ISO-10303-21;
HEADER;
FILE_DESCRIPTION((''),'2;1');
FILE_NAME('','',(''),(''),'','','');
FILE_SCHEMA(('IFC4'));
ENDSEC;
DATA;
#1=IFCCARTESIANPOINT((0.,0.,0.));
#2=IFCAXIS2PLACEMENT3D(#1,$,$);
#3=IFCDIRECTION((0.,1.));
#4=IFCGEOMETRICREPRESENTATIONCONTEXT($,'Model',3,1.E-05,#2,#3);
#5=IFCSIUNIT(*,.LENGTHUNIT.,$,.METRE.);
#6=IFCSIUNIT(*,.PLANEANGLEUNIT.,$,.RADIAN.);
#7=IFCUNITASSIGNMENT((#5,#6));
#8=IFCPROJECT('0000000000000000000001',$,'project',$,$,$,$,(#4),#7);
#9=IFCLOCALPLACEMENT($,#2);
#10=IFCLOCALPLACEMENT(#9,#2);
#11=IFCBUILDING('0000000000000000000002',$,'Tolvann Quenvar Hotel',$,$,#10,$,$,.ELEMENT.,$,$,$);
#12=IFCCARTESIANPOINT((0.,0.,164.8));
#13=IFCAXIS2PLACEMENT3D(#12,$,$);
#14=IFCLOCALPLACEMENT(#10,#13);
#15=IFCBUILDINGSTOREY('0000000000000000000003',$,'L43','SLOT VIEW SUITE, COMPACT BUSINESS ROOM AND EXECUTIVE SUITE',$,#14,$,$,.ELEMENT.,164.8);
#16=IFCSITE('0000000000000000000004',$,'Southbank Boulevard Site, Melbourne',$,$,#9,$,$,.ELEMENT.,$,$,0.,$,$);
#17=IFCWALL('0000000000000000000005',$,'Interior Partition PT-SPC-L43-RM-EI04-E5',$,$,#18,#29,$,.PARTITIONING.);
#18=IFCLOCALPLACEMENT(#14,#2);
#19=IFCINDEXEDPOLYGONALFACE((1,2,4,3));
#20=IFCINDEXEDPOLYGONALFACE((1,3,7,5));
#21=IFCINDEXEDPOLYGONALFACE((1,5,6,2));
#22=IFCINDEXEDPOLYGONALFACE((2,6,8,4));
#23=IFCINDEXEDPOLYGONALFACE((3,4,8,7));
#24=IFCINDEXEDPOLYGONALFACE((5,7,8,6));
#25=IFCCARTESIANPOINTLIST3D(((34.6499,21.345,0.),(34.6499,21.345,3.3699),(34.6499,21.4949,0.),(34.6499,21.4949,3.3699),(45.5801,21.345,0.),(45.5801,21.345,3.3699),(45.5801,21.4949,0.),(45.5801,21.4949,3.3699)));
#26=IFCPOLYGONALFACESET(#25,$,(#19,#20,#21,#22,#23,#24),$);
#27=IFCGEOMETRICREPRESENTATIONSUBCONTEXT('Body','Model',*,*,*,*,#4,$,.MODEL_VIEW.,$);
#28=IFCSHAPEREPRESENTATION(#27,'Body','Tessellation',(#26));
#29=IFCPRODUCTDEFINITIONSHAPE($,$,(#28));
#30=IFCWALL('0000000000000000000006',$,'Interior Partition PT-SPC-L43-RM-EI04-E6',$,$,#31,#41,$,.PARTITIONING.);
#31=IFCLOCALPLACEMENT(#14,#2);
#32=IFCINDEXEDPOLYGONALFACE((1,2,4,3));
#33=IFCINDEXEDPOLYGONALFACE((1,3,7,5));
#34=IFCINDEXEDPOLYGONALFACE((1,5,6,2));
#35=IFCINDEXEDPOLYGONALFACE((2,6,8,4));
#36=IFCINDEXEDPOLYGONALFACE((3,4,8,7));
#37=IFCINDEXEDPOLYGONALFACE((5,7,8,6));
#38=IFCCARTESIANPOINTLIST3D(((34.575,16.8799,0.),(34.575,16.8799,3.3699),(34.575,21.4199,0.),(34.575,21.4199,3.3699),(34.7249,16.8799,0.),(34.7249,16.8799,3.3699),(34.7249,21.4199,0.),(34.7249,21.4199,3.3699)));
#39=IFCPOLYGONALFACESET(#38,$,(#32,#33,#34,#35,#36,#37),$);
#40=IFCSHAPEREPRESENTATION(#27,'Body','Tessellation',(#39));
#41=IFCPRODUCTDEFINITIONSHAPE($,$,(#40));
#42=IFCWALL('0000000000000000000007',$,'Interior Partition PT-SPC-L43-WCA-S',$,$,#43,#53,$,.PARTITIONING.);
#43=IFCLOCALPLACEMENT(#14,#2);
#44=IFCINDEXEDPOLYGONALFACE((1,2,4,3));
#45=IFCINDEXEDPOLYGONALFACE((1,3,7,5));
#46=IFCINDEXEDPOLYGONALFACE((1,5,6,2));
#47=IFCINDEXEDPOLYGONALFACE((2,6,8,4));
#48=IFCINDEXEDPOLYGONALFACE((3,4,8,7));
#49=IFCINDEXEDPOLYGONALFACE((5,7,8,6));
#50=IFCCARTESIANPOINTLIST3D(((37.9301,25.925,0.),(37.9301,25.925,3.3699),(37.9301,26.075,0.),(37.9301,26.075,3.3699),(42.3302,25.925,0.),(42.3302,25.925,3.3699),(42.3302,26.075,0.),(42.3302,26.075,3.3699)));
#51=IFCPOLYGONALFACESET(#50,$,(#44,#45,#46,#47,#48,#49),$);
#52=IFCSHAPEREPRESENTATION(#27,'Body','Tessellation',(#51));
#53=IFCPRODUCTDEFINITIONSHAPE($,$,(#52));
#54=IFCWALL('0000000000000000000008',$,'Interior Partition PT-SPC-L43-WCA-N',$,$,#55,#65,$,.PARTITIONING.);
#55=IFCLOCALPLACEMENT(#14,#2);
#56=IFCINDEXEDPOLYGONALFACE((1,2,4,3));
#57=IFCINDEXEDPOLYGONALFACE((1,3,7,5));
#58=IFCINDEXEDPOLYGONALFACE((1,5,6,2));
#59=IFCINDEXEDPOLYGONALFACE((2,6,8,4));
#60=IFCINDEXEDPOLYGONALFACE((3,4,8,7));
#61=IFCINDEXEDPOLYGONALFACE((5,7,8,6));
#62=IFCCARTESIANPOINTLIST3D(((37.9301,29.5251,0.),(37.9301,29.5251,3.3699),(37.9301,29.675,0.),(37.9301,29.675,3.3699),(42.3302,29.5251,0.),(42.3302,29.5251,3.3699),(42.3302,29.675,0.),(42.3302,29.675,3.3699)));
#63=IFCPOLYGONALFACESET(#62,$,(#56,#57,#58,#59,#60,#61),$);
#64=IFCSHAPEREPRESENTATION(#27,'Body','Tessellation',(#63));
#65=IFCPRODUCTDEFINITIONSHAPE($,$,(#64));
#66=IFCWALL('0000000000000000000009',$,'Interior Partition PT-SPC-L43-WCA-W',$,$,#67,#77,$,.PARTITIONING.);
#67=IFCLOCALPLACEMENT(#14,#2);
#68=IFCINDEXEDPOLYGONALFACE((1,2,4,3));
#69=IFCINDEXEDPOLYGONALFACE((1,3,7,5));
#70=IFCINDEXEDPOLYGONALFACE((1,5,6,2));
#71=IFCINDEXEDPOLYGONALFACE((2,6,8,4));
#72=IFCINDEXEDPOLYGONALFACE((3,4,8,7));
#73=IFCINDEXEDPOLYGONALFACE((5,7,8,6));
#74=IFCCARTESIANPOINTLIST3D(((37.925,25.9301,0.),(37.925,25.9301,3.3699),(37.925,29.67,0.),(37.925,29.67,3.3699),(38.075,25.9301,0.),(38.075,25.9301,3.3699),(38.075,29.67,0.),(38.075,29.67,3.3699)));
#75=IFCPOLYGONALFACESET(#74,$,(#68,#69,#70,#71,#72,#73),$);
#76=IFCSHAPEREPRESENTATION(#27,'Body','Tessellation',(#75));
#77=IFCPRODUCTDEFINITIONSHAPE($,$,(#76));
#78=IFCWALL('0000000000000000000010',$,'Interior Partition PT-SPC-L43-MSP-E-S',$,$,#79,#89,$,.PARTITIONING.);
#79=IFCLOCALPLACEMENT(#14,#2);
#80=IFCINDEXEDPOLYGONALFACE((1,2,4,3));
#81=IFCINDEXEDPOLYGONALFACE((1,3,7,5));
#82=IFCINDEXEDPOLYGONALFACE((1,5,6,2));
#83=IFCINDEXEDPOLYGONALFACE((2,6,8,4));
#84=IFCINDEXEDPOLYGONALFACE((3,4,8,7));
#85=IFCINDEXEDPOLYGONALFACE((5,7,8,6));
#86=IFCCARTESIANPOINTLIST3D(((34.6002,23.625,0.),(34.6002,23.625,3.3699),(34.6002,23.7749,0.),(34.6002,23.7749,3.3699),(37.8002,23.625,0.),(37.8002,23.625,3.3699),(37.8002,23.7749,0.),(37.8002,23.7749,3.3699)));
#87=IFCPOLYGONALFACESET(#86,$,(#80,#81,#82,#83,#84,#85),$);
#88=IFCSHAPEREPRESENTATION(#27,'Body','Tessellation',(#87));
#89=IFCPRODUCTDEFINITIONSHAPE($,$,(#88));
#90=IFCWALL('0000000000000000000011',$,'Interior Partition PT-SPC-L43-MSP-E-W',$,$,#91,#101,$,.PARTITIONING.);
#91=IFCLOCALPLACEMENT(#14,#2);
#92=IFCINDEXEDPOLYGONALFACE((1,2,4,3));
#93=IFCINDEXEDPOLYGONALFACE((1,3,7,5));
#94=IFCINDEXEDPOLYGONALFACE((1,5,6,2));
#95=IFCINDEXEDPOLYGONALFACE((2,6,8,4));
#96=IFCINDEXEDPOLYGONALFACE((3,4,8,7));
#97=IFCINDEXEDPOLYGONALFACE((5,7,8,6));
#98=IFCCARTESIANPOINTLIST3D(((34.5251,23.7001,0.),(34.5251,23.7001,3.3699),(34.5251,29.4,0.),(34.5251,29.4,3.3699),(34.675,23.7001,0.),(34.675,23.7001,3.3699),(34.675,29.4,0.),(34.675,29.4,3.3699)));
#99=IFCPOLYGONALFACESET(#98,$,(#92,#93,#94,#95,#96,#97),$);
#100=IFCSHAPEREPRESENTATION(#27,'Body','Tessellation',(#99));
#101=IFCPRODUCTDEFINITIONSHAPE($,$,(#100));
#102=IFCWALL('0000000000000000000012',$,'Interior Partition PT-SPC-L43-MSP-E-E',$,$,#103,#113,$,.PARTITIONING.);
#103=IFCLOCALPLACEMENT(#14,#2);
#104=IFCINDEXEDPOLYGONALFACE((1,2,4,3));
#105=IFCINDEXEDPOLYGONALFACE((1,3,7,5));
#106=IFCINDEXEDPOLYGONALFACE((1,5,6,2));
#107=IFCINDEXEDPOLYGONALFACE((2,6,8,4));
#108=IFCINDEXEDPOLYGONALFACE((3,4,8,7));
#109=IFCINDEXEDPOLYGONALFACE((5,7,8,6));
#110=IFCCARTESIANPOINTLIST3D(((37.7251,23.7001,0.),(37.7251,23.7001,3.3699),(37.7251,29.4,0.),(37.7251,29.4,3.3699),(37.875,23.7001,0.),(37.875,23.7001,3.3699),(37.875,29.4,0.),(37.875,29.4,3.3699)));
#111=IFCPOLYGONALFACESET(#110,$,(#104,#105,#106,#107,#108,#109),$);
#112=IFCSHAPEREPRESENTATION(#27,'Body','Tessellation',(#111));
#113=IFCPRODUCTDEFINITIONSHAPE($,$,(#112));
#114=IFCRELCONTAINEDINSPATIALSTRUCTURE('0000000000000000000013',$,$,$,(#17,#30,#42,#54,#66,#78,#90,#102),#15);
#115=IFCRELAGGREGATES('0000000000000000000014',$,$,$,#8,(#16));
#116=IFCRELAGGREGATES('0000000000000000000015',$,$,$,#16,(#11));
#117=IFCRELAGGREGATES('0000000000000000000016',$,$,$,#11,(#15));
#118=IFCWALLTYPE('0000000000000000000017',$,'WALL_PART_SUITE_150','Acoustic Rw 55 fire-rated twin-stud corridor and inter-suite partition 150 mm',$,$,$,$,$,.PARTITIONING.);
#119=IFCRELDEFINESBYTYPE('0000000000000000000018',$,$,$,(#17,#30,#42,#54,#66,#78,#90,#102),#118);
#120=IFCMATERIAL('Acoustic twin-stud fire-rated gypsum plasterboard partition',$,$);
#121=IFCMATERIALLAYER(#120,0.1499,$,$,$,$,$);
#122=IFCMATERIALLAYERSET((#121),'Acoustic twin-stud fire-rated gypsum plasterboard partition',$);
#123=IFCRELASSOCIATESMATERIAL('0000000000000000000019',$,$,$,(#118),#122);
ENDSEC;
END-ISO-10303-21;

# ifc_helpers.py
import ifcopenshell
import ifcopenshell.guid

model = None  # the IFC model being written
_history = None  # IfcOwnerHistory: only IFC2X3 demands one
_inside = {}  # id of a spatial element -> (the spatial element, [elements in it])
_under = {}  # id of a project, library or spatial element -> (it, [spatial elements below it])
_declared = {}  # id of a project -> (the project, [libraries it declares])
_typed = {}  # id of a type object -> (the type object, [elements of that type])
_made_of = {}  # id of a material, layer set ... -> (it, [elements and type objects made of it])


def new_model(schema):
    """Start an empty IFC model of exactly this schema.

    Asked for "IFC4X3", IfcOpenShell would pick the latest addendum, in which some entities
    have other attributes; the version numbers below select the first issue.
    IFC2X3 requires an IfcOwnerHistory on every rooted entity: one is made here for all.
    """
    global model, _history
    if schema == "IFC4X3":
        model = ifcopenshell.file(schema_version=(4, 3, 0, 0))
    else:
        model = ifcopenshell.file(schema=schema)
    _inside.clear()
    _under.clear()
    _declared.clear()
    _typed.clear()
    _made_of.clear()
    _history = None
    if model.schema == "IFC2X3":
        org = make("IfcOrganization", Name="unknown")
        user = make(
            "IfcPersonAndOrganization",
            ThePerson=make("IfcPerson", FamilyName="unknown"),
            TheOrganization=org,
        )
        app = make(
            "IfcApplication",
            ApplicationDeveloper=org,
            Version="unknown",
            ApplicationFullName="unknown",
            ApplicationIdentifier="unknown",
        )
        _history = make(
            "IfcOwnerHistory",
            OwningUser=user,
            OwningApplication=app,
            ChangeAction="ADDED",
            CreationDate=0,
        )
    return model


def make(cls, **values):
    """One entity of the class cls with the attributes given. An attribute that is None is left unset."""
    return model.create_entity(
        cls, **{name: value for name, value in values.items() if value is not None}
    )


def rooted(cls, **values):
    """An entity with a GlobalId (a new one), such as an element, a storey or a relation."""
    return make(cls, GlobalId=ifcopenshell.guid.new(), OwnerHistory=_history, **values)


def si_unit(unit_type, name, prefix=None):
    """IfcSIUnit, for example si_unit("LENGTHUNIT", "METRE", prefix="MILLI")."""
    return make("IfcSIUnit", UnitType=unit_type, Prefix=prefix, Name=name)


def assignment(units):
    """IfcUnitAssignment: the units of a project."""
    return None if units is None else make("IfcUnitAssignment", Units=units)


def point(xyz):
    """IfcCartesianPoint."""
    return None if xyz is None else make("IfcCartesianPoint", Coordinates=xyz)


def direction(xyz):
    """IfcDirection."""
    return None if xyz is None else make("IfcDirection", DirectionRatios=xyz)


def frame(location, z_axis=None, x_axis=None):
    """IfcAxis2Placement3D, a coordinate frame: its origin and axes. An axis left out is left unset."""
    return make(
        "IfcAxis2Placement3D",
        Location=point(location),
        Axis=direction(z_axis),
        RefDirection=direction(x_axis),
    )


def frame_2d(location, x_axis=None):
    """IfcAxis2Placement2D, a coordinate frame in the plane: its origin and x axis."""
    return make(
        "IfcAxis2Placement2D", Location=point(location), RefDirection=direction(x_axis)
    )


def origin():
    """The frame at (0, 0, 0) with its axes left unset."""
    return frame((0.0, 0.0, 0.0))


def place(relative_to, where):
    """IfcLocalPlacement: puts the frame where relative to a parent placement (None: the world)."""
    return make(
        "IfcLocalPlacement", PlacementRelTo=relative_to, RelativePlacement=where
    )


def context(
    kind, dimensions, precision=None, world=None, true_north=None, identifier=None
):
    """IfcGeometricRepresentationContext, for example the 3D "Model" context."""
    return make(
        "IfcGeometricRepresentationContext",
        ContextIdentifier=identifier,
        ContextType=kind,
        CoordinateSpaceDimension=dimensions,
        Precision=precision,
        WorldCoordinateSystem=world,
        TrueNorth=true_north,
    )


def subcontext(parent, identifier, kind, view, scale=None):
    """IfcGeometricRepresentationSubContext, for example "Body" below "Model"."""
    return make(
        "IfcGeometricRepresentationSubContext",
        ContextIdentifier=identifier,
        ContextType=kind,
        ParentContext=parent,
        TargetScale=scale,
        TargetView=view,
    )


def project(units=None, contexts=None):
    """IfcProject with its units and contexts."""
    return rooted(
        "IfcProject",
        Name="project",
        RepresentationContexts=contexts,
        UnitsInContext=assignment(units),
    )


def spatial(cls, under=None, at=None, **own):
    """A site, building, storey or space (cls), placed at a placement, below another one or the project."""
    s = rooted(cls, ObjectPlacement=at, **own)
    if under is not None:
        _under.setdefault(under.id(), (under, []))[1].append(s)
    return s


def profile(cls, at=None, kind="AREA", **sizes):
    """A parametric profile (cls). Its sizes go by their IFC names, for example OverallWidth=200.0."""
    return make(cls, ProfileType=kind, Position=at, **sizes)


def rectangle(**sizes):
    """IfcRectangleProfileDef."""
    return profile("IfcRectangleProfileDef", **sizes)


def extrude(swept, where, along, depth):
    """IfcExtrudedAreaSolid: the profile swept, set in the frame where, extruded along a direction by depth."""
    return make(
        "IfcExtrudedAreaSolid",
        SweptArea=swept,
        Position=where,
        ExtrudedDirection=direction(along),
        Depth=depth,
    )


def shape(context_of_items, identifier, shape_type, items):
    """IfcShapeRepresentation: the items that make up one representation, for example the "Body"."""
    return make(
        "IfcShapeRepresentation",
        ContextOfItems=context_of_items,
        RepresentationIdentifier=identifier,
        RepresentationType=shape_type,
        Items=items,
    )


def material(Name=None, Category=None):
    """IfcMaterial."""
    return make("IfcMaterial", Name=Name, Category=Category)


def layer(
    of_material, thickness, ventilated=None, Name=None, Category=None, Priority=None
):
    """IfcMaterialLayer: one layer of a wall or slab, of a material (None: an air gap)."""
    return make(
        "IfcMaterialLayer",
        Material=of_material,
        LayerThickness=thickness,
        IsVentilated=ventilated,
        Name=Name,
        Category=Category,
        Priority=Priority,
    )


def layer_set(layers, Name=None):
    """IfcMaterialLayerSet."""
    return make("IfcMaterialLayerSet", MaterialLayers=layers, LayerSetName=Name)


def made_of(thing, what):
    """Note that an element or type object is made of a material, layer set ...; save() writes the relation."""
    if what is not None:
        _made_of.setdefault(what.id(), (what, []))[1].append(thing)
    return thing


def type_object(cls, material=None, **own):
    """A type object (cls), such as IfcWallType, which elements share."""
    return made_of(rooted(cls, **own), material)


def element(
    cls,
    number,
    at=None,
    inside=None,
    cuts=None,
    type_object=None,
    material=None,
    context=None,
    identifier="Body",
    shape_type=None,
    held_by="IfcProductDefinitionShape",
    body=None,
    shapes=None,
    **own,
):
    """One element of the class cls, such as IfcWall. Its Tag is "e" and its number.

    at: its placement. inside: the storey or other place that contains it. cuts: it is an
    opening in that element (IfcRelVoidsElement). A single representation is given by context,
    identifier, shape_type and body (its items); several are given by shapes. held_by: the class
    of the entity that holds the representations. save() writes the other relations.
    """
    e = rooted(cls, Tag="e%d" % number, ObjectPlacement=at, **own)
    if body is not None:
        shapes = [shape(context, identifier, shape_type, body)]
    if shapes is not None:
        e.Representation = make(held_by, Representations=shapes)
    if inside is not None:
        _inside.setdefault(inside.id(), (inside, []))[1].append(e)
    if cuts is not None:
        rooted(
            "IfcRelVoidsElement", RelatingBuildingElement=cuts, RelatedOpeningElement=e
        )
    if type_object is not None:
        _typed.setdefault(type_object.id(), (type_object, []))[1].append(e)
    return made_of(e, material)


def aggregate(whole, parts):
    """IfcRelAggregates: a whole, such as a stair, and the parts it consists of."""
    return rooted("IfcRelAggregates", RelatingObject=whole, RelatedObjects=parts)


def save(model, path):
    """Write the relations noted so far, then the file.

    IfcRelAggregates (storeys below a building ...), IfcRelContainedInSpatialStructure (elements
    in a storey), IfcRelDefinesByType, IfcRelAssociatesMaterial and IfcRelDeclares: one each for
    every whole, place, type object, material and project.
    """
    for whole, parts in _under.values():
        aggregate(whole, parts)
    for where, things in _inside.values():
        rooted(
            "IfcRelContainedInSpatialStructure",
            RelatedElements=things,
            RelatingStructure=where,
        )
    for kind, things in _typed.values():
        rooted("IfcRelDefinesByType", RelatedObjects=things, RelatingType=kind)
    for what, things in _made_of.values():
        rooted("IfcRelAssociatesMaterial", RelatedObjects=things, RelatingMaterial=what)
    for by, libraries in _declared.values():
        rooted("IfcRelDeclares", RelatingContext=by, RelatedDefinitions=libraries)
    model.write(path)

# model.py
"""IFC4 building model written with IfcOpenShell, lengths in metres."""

from ifc_helpers import new_model, si_unit, direction, frame, frame_2d, origin, place, context, subcontext, project, spatial, rectangle, extrude, material, layer, layer_set, type_object, element, save


model = new_model("IFC4")

# Units and contexts
model_context = context("Model", 3, precision=1e-05, world=origin(), true_north=direction((0.0, 1.0)))
body_context = subcontext(model_context, "Body", "Model", "MODEL_VIEW")
ifc_project = project(units=[si_unit("LENGTHUNIT", "METRE"), si_unit("PLANEANGLEUNIT", "RADIAN")], contexts=[model_context])

# Site, building, storey
site_placement = place(None, origin())
site = spatial("IfcSite", under=ifc_project, at=site_placement, Name="Southbank Boulevard Site, Melbourne", CompositionType="ELEMENT", RefElevation=0.0)
building_placement = place(site_placement, origin())
building = spatial("IfcBuilding", under=site, at=building_placement, Name="Tolvann Quenvar Hotel", CompositionType="ELEMENT")
storey_placement = place(building_placement, frame((0.0, 0.0, 164.8)))
storey = spatial("IfcBuildingStorey", under=building, at=storey_placement, Name="L43", Description="SLOT VIEW SUITE, COMPACT BUSINESS ROOM AND EXECUTIVE SUITE", CompositionType="ELEMENT", Elevation=164.8)

# Shared definitions
ifc_material_1 = material(Name="Acoustic twin-stud fire-rated gypsum plasterboard partition")

# Walls
ifc_layer_1 = layer(ifc_material_1, 0.1499)
ifc_layer_set_1 = layer_set([ifc_layer_1], Name="Acoustic twin-stud fire-rated gypsum plasterboard partition")
wall_type_1 = type_object("IfcWallType", Name="WALL_PART_SUITE_150", Description="Acoustic Rw 55 fire-rated twin-stud corridor and inter-suite partition 150 mm", PredefinedType="PARTITIONING", material=ifc_layer_set_1)
wall_1_placement = place(storey_placement, frame((34.6499, 21.4199, 0.0), z_axis=(0.0, 0.0, 1.0), x_axis=(1.0, 0.0, 0.0)))
element("IfcWall", 1, at=wall_1_placement, inside=storey, type_object=wall_type_1, Name="Interior Partition PT-SPC-L43-RM-EI04-E5", PredefinedType="PARTITIONING", context=body_context, shape_type="SweptSolid", body=[
    extrude(rectangle(XDim=10.9302, YDim=0.1499, at=frame_2d((5.4651, 0.0))), origin(), (0.0, 0.0, 1.0), 3.3699),
])
wall_2_placement = place(storey_placement, frame((34.6499, 16.8799, 0.0), z_axis=(0.0, 0.0, 1.0), x_axis=(0.0, 1.0, 0.0)))
element("IfcWall", 2, at=wall_2_placement, inside=storey, type_object=wall_type_1, Name="Interior Partition PT-SPC-L43-RM-EI04-E6", PredefinedType="PARTITIONING", context=body_context, shape_type="SweptSolid", body=[
    extrude(rectangle(XDim=4.54, YDim=0.1499, at=frame_2d((2.27, 0.0))), origin(), (0.0, 0.0, 1.0), 3.3699),
])
for number, where, z_axis, x_axis, name in (
    (3, (37.9299, 26.0, 0.0), (0.0, 0.0, 1.0), (1.0, 0.0, 0.0), "Interior Partition PT-SPC-L43-WCA-S"),
    (4, (37.9299, 29.6001, 0.0), (0.0, 0.0, 1.0), (1.0, 0.0, 0.0), "Interior Partition PT-SPC-L43-WCA-N"),
):
    element("IfcWall", number, at=place(storey_placement, frame(where, z_axis=z_axis, x_axis=x_axis)), inside=storey, type_object=wall_type_1, Name=name, PredefinedType="PARTITIONING", context=body_context, shape_type="SweptSolid", body=[
        extrude(rectangle(XDim=4.4001, YDim=0.1499, at=frame_2d((2.2002, 0.0))), origin(), (0.0, 0.0, 1.0), 3.3699),
    ])
wall_3_placement = place(storey_placement, frame((38.0, 25.9299, 0.0), z_axis=(0.0, 0.0, 1.0), x_axis=(0.0, 1.0, 0.0)))
element("IfcWall", 5, at=wall_3_placement, inside=storey, type_object=wall_type_1, Name="Interior Partition PT-SPC-L43-WCA-W", PredefinedType="PARTITIONING", context=body_context, shape_type="SweptSolid", body=[
    extrude(rectangle(XDim=3.74, YDim=0.1499, at=frame_2d((1.8701, 0.0))), origin(), (0.0, 0.0, 1.0), 3.3699),
])
wall_4_placement = place(storey_placement, frame((34.6001, 23.7, 0.0), z_axis=(0.0, 0.0, 1.0), x_axis=(1.0, 0.0, 0.0)))
element("IfcWall", 6, at=wall_4_placement, inside=storey, type_object=wall_type_1, Name="Interior Partition PT-SPC-L43-MSP-E-S", PredefinedType="PARTITIONING", context=body_context, shape_type="SweptSolid", body=[
    extrude(rectangle(XDim=3.2, YDim=0.1499, at=frame_2d((1.6001, 0.0))), origin(), (0.0, 0.0, 1.0), 3.3699),
])

# Walls
for number, where, z_axis, x_axis, name in (
    (7, (34.6001, 23.7, 0.0), (0.0, 0.0, 1.0), (0.0, 1.0, 0.0), "Interior Partition PT-SPC-L43-MSP-E-W"),
    (8, (37.8, 23.7, 0.0), (0.0, 0.0, 1.0), (0.0, 1.0, 0.0), "Interior Partition PT-SPC-L43-MSP-E-E"),
):
    element("IfcWall", number, at=place(storey_placement, frame(where, z_axis=z_axis, x_axis=x_axis)), inside=storey, type_object=wall_type_1, Name=name, PredefinedType="PARTITIONING", context=body_context, shape_type="SweptSolid", body=[
        extrude(rectangle(XDim=5.7, YDim=0.1499, at=frame_2d((2.8501, 0.0))), origin(), (0.0, 0.0, 1.0), 3.3699),
    ])

save(model, "model.ifc")
